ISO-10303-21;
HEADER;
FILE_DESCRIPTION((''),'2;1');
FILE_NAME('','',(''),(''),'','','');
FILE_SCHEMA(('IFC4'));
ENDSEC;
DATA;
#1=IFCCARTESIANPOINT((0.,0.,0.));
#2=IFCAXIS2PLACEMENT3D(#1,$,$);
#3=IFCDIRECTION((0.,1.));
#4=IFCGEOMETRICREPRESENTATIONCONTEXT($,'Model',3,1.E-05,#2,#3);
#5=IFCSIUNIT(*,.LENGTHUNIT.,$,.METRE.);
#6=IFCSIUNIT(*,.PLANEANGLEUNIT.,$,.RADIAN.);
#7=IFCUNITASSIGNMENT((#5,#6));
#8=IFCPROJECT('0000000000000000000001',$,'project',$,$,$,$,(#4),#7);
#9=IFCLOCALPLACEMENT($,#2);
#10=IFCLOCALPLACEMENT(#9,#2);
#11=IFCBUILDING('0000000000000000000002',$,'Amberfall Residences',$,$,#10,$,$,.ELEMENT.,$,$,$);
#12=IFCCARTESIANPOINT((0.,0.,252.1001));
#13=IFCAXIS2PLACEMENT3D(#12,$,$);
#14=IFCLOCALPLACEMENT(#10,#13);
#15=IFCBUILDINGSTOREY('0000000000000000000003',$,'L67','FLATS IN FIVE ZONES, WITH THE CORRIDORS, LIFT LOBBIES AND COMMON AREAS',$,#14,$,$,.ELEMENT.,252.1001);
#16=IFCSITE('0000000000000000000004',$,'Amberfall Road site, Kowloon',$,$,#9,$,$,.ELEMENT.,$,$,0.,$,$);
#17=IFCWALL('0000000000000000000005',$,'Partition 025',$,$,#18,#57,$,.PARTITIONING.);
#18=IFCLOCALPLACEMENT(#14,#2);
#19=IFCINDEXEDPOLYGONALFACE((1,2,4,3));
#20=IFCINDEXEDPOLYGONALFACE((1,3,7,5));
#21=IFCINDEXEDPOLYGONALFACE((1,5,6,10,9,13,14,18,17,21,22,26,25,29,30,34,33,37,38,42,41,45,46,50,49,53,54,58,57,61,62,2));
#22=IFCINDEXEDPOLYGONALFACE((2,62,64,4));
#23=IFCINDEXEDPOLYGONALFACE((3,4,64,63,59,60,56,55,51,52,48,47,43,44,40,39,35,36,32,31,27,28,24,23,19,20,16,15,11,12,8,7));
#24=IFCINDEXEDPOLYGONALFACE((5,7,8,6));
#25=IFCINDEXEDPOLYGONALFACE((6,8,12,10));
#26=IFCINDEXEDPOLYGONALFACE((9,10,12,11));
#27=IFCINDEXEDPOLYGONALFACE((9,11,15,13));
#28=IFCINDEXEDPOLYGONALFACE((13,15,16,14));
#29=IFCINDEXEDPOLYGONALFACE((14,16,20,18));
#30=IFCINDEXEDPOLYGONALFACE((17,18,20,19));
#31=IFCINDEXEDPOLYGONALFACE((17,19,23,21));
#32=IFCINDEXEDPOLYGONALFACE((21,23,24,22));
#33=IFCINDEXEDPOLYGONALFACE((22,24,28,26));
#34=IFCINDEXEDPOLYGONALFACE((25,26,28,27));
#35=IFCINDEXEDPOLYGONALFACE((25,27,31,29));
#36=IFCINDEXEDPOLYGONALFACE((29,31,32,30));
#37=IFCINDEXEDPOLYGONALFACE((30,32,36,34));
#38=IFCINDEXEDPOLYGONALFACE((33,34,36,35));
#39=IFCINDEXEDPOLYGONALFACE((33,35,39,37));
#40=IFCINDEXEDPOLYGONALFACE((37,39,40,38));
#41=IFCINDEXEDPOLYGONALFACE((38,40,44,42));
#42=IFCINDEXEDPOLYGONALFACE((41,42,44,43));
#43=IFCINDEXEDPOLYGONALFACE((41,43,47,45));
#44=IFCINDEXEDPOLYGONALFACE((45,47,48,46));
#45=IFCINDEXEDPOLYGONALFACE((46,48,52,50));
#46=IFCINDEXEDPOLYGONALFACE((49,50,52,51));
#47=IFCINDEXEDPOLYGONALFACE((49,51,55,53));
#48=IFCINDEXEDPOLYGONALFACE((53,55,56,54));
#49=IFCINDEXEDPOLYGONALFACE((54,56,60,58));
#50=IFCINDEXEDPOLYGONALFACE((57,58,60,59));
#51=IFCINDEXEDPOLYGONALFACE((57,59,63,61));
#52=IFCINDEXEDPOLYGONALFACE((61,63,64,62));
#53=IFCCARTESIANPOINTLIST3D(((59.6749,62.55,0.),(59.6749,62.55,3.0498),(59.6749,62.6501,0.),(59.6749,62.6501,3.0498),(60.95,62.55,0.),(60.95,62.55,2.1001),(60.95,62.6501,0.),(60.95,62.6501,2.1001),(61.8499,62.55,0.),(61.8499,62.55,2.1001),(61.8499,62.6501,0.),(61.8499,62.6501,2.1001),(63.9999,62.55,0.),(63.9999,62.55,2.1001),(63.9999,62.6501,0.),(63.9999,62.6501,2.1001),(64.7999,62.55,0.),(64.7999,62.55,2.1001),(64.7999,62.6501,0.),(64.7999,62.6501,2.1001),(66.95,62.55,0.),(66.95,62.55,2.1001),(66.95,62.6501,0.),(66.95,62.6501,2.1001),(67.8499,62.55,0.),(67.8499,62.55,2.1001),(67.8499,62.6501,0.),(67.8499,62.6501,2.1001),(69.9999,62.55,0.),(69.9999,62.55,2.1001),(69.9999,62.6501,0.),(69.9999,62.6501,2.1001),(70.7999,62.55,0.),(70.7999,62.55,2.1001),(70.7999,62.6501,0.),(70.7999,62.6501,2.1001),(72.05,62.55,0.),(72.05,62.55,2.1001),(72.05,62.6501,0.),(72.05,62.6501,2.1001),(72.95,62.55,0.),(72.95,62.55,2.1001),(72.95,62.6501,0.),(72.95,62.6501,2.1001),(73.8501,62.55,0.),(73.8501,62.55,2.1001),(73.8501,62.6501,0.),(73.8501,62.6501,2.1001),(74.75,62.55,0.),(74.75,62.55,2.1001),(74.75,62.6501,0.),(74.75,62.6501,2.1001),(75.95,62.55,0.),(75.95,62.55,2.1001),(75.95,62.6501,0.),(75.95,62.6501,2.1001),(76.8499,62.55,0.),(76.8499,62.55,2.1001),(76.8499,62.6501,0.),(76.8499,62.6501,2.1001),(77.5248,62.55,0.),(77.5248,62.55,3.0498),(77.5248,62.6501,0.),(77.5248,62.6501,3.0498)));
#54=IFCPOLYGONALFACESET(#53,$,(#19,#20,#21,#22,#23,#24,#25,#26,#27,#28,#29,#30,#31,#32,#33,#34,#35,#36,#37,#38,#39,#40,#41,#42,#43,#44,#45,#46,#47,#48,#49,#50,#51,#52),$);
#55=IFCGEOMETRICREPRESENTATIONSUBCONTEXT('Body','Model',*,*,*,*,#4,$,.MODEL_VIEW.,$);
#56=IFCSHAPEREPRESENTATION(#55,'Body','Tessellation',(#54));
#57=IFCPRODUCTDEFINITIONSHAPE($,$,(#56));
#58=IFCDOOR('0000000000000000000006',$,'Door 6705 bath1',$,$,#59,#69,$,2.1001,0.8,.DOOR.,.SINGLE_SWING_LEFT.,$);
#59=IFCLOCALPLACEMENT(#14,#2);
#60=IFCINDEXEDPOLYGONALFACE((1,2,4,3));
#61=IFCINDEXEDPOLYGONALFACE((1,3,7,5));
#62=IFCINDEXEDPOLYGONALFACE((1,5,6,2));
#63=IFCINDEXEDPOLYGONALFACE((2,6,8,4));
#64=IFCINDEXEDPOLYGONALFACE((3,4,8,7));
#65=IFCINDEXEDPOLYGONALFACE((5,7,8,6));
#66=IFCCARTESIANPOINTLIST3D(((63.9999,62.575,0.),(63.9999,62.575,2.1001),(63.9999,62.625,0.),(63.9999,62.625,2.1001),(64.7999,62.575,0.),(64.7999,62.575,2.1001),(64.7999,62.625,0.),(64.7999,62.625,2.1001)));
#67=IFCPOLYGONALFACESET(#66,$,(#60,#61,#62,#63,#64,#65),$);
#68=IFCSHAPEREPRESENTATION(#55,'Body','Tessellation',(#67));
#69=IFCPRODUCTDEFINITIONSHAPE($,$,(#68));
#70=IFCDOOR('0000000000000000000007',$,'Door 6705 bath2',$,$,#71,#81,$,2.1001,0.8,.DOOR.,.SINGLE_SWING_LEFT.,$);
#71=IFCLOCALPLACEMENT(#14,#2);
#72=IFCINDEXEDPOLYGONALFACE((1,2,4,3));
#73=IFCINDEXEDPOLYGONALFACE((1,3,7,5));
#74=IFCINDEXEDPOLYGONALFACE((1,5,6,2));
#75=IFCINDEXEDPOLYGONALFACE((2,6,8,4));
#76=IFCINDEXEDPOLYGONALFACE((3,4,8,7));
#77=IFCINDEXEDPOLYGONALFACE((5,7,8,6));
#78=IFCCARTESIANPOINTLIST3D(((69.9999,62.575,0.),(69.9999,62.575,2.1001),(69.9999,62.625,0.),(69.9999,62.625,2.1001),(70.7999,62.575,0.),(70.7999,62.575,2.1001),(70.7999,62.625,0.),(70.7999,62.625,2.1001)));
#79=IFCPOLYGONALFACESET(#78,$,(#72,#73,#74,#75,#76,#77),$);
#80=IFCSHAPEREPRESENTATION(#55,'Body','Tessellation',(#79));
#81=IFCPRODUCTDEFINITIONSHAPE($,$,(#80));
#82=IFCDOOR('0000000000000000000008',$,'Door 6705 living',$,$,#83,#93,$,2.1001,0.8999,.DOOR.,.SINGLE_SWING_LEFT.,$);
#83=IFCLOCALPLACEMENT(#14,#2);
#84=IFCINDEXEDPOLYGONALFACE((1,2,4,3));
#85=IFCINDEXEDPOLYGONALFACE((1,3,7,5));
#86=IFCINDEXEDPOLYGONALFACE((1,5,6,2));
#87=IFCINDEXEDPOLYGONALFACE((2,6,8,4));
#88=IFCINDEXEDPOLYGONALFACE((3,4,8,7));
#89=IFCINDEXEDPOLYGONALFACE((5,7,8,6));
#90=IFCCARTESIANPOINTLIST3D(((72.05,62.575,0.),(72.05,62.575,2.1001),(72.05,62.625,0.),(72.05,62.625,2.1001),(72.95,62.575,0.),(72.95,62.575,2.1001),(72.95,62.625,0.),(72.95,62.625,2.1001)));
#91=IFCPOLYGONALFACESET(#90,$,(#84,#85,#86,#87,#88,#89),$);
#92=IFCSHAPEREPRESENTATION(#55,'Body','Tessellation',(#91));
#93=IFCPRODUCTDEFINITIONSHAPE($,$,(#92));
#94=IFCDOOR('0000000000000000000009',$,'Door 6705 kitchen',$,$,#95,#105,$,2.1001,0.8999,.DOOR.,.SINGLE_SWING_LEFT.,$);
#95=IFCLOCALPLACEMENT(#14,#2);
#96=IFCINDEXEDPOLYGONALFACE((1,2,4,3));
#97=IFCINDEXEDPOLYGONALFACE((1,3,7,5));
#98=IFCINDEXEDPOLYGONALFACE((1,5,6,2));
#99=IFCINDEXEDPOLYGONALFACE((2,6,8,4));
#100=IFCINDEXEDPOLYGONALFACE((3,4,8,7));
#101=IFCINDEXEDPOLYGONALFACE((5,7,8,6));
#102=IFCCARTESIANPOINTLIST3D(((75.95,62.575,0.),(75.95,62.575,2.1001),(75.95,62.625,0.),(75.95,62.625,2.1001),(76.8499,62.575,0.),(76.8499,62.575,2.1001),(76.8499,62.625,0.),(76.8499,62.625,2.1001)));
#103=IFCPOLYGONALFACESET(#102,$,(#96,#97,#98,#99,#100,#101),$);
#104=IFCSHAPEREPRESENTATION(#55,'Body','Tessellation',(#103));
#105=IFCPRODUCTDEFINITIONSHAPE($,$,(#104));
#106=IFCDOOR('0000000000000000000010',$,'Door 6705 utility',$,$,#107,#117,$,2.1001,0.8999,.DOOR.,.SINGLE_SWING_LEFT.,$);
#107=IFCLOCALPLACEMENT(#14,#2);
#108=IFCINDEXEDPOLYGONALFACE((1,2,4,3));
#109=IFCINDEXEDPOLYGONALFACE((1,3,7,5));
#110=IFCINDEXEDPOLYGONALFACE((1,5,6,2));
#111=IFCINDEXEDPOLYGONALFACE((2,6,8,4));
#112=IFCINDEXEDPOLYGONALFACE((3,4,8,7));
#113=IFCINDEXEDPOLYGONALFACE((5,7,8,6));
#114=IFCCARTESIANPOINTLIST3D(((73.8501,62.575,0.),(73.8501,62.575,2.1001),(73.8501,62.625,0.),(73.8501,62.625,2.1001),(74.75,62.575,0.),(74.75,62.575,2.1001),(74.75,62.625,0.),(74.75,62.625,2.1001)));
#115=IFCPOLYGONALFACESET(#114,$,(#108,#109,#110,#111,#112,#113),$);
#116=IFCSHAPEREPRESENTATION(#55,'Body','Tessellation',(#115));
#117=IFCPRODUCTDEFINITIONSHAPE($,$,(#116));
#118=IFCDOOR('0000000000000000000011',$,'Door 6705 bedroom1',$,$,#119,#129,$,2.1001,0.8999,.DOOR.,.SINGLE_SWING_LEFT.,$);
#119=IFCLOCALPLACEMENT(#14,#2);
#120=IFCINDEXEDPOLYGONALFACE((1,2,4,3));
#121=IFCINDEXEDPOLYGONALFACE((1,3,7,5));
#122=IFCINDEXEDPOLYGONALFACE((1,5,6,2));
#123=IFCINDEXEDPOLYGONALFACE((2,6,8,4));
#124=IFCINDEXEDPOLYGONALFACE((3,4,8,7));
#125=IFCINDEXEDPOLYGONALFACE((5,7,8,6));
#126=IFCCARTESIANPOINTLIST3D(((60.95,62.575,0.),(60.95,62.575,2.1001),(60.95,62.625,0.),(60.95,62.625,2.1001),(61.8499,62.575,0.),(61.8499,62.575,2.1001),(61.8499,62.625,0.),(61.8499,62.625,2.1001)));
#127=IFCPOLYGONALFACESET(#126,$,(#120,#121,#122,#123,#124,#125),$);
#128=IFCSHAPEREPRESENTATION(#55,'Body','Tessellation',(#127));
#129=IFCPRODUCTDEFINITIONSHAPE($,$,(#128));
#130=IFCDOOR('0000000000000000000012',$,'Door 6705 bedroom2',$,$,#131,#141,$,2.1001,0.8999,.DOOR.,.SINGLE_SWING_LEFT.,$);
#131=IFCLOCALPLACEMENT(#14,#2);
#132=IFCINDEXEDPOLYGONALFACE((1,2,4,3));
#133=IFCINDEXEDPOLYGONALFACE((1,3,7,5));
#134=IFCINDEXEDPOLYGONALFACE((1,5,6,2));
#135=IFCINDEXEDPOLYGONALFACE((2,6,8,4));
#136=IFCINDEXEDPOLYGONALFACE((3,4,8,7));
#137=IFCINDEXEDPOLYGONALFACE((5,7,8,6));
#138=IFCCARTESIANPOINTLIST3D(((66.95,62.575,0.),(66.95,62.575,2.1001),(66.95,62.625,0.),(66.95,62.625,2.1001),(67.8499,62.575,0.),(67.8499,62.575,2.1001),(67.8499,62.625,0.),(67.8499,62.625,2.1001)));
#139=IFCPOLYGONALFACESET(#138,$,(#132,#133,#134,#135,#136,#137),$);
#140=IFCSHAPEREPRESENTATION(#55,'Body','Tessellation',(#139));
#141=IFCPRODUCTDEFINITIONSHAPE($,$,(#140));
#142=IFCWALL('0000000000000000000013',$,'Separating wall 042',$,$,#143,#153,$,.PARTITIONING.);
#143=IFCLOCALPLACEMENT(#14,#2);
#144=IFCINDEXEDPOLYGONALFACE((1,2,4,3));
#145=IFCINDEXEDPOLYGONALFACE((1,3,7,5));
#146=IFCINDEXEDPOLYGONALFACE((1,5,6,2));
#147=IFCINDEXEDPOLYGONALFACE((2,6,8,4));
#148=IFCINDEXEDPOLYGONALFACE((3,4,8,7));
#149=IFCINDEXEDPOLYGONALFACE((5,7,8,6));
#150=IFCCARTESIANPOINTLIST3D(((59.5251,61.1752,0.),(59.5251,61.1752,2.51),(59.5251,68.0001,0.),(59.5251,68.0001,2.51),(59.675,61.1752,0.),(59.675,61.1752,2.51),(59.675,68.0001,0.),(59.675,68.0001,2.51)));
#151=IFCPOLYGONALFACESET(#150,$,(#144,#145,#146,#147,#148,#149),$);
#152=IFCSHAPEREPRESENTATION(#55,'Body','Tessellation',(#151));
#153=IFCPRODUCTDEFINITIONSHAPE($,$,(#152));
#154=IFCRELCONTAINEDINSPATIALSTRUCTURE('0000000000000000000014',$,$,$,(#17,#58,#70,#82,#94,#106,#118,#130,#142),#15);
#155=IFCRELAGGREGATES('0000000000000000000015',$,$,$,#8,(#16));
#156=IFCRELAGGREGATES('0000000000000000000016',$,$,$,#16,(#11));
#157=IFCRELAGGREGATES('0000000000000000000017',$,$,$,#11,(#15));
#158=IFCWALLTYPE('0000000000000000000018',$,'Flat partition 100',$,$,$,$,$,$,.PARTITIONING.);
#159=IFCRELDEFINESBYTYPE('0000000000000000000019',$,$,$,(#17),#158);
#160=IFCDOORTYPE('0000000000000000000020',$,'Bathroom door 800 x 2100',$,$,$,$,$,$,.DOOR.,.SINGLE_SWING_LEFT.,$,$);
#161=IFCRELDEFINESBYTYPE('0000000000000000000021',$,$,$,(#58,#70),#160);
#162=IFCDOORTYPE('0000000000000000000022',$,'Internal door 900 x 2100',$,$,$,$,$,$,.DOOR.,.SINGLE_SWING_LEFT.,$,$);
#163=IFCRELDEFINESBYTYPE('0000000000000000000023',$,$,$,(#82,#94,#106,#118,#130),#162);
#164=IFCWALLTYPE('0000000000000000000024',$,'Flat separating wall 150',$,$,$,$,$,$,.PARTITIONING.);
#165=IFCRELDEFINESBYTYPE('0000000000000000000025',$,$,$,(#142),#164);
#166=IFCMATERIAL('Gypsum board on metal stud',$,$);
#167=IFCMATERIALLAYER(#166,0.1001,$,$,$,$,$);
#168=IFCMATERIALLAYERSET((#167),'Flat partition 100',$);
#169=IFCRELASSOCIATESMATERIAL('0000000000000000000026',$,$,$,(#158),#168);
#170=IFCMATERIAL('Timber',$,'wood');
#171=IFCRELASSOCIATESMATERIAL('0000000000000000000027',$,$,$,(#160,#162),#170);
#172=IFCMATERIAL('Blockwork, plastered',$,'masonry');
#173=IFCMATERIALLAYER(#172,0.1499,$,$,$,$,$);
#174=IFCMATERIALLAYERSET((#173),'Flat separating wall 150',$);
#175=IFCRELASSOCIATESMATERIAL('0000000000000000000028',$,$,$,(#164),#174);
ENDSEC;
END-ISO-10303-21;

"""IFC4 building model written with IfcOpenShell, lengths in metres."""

from ifc_helpers import new_model, si_unit, direction, frame, frame_2d, origin, place, context, subcontext, project, spatial, rectangle, extrude, material, layer, layer_set, type_object, element, fill, save


model = new_model("IFC4")

# Units and contexts
model_context = context("Model", 3, precision=1e-05, world=origin(), true_north=direction((0.0, 1.0)))
body_context = subcontext(model_context, "Body", "Model", "MODEL_VIEW")
ifc_project = project(units=[si_unit("LENGTHUNIT", "METRE"), si_unit("PLANEANGLEUNIT", "RADIAN")], contexts=[model_context])

# Site, building, storey
site_placement = place(None, origin())
site = spatial("IfcSite", under=ifc_project, at=site_placement, Name="Amberfall Road site, Kowloon", CompositionType="ELEMENT", RefElevation=0.0)
building_placement = place(site_placement, origin())
building = spatial("IfcBuilding", under=site, at=building_placement, Name="Amberfall Residences", CompositionType="ELEMENT")
storey_placement = place(building_placement, frame((0.0, 0.0, 252.1001)))
storey = spatial("IfcBuildingStorey", under=building, at=storey_placement, Name="L67", Description="FLATS IN FIVE ZONES, WITH THE CORRIDORS, LIFT LOBBIES AND COMMON AREAS", CompositionType="ELEMENT", Elevation=252.1001)

# Shared definitions
ifc_material_1 = material(Name="Gypsum board on metal stud")
ifc_layer_1 = layer(ifc_material_1, 0.1001)
ifc_layer_set_1 = layer_set([ifc_layer_1], Name="Flat partition 100")
wall_type_1 = type_object("IfcWallType", Name="Flat partition 100", PredefinedType="PARTITIONING", material=ifc_layer_set_1)

# Wall, openings, doors
wall_1_placement = place(storey_placement, frame((59.675, 62.6001, 0.0), z_axis=(0.0, 0.0, 1.0), x_axis=(1.0, 0.0, 0.0)))
wall_1 = element("IfcWall", 1, at=wall_1_placement, inside=storey, type_object=wall_type_1, Name="Partition 025", PredefinedType="PARTITIONING", context=body_context, shape_type="SweptSolid", body=[
    extrude(rectangle(XDim=17.8499, YDim=0.1001, at=frame_2d((8.9248, 0.0))), origin(), (0.0, 0.0, 1.0), 3.0498),
])
opening_1_placement = place(wall_1_placement, frame((12.375, 0.0, 0.0)))
opening_1 = element("IfcOpeningElement", 2, at=opening_1_placement, cuts=wall_1, PredefinedType="OPENING", context=body_context, shape_type="SweptSolid", body=[
    extrude(rectangle(XDim=0.8999, YDim=2.1001, at=frame_2d((0.45, 1.05))), frame((0.0, 0.0601, 0.0), z_axis=(0.0, -1.0, 0.0), x_axis=(1.0, 0.0, 0.0)), (0.0, 0.0, 1.0), 0.1201),
])
opening_2_placement = place(wall_1_placement, frame((16.2749, 0.0, 0.0)))
opening_2 = element("IfcOpeningElement", 3, at=opening_2_placement, cuts=wall_1, PredefinedType="OPENING", context=body_context, shape_type="SweptSolid", body=[
    extrude(rectangle(XDim=0.8999, YDim=2.1001, at=frame_2d((0.45, 1.05))), frame((0.0, 0.0601, 0.0), z_axis=(0.0, -1.0, 0.0), x_axis=(1.0, 0.0, 0.0)), (0.0, 0.0, 1.0), 0.1201),
])
opening_3_placement = place(wall_1_placement, frame((14.175, 0.0, 0.0)))
opening_3 = element("IfcOpeningElement", 4, at=opening_3_placement, cuts=wall_1, PredefinedType="OPENING", context=body_context, shape_type="SweptSolid", body=[
    extrude(rectangle(XDim=0.8999, YDim=2.1001, at=frame_2d((0.45, 1.05))), frame((0.0, 0.0601, 0.0), z_axis=(0.0, -1.0, 0.0), x_axis=(1.0, 0.0, 0.0)), (0.0, 0.0, 1.0), 0.1201),
])
opening_4_placement = place(wall_1_placement, frame((1.2749, 0.0, 0.0)))
opening_4 = element("IfcOpeningElement", 5, at=opening_4_placement, cuts=wall_1, PredefinedType="OPENING", context=body_context, shape_type="SweptSolid", body=[
    extrude(rectangle(XDim=0.8999, YDim=2.1001, at=frame_2d((0.45, 1.05))), frame((0.0, 0.0601, 0.0), z_axis=(0.0, -1.0, 0.0), x_axis=(1.0, 0.0, 0.0)), (0.0, 0.0, 1.0), 0.1201),
])
opening_5_placement = place(wall_1_placement, frame((7.2749, 0.0, 0.0)))
opening_5 = element("IfcOpeningElement", 6, at=opening_5_placement, cuts=wall_1, PredefinedType="OPENING", context=body_context, shape_type="SweptSolid", body=[
    extrude(rectangle(XDim=0.8999, YDim=2.1001, at=frame_2d((0.45, 1.05))), frame((0.0, 0.0601, 0.0), z_axis=(0.0, -1.0, 0.0), x_axis=(1.0, 0.0, 0.0)), (0.0, 0.0, 1.0), 0.1201),
])
opening_6_placement = place(wall_1_placement, frame((4.325, 0.0, 0.0)))
opening_6 = element("IfcOpeningElement", 7, at=opening_6_placement, cuts=wall_1, PredefinedType="OPENING", context=body_context, shape_type="SweptSolid", body=[
    extrude(rectangle(XDim=0.8, YDim=2.1001, at=frame_2d((0.3999, 1.05))), frame((0.0, 0.0601, 0.0), z_axis=(0.0, -1.0, 0.0), x_axis=(1.0, 0.0, 0.0)), (0.0, 0.0, 1.0), 0.1201),
])
opening_7_placement = place(wall_1_placement, frame((10.325, 0.0, 0.0)))
opening_7 = element("IfcOpeningElement", 8, at=opening_7_placement, cuts=wall_1, PredefinedType="OPENING", context=body_context, shape_type="SweptSolid", body=[
    extrude(rectangle(XDim=0.8, YDim=2.1001, at=frame_2d((0.3999, 1.05))), frame((0.0, 0.0601, 0.0), z_axis=(0.0, -1.0, 0.0), x_axis=(1.0, 0.0, 0.0)), (0.0, 0.0, 1.0), 0.1201),
])
ifc_material_2 = material(Name="Timber", Category="wood")
door_type_1 = type_object("IfcDoorType", Name="Bathroom door 800 x 2100", OperationType="SINGLE_SWING_LEFT", PredefinedType="DOOR", material=ifc_material_2)
door_1_placement = place(opening_6_placement, origin())
door_1 = element("IfcDoor", 9, at=door_1_placement, inside=storey, type_object=door_type_1, Name="Door 6705 bath1", OperationType="SINGLE_SWING_LEFT", OverallHeight=2.1001, OverallWidth=0.8, PredefinedType="DOOR", context=body_context, shape_type="SweptSolid", body=[
    extrude(rectangle(XDim=0.8, YDim=2.1001, at=frame_2d((0.3999, 1.05))), frame((0.0, 0.0249, 0.0), z_axis=(0.0, -1.0, 0.0), x_axis=(1.0, 0.0, 0.0)), (0.0, 0.0, 1.0), 0.05),
])
fill(opening_6, door_1)
door_2_placement = place(opening_7_placement, origin())
door_2 = element("IfcDoor", 10, at=door_2_placement, inside=storey, type_object=door_type_1, Name="Door 6705 bath2", OperationType="SINGLE_SWING_LEFT", OverallHeight=2.1001, OverallWidth=0.8, PredefinedType="DOOR", context=body_context, shape_type="SweptSolid", body=[
    extrude(rectangle(XDim=0.8, YDim=2.1001, at=frame_2d((0.3999, 1.05))), frame((0.0, 0.0249, 0.0), z_axis=(0.0, -1.0, 0.0), x_axis=(1.0, 0.0, 0.0)), (0.0, 0.0, 1.0), 0.05),
])
fill(opening_7, door_2)
door_type_2 = type_object("IfcDoorType", Name="Internal door 900 x 2100", OperationType="SINGLE_SWING_LEFT", PredefinedType="DOOR", material=ifc_material_2)
door_3_placement = place(opening_1_placement, origin())
door_3 = element("IfcDoor", 11, at=door_3_placement, inside=storey, type_object=door_type_2, Name="Door 6705 living", OperationType="SINGLE_SWING_LEFT", OverallHeight=2.1001, OverallWidth=0.8999, PredefinedType="DOOR", context=body_context, shape_type="SweptSolid", body=[
    extrude(rectangle(XDim=0.8999, YDim=2.1001, at=frame_2d((0.45, 1.05))), frame((0.0, 0.0249, 0.0), z_axis=(0.0, -1.0, 0.0), x_axis=(1.0, 0.0, 0.0)), (0.0, 0.0, 1.0), 0.05),
])
fill(opening_1, door_3)
door_4_placement = place(opening_2_placement, origin())
door_4 = element("IfcDoor", 12, at=door_4_placement, inside=storey, type_object=door_type_2, Name="Door 6705 kitchen", OperationType="SINGLE_SWING_LEFT", OverallHeight=2.1001, OverallWidth=0.8999, PredefinedType="DOOR", context=body_context, shape_type="SweptSolid", body=[
    extrude(rectangle(XDim=0.8999, YDim=2.1001, at=frame_2d((0.45, 1.05))), frame((0.0, 0.0249, 0.0), z_axis=(0.0, -1.0, 0.0), x_axis=(1.0, 0.0, 0.0)), (0.0, 0.0, 1.0), 0.05),
])
fill(opening_2, door_4)
door_5_placement = place(opening_3_placement, origin())
door_5 = element("IfcDoor", 13, at=door_5_placement, inside=storey, type_object=door_type_2, Name="Door 6705 utility", OperationType="SINGLE_SWING_LEFT", OverallHeight=2.1001, OverallWidth=0.8999, PredefinedType="DOOR", context=body_context, shape_type="SweptSolid", body=[
    extrude(rectangle(XDim=0.8999, YDim=2.1001, at=frame_2d((0.45, 1.05))), frame((0.0, 0.0249, 0.0), z_axis=(0.0, -1.0, 0.0), x_axis=(1.0, 0.0, 0.0)), (0.0, 0.0, 1.0), 0.05),
])
fill(opening_3, door_5)
door_6_placement = place(opening_4_placement, origin())
door_6 = element("IfcDoor", 14, at=door_6_placement, inside=storey, type_object=door_type_2, Name="Door 6705 bedroom1", OperationType="SINGLE_SWING_LEFT", OverallHeight=2.1001, OverallWidth=0.8999, PredefinedType="DOOR", context=body_context, shape_type="SweptSolid", body=[
    extrude(rectangle(XDim=0.8999, YDim=2.1001, at=frame_2d((0.45, 1.05))), frame((0.0, 0.0249, 0.0), z_axis=(0.0, -1.0, 0.0), x_axis=(1.0, 0.0, 0.0)), (0.0, 0.0, 1.0), 0.05),
])
fill(opening_4, door_6)
door_7_placement = place(opening_5_placement, origin())
door_7 = element("IfcDoor", 15, at=door_7_placement, inside=storey, type_object=door_type_2, Name="Door 6705 bedroom2", OperationType="SINGLE_SWING_LEFT", OverallHeight=2.1001, OverallWidth=0.8999, PredefinedType="DOOR", context=body_context, shape_type="SweptSolid", body=[
    extrude(rectangle(XDim=0.8999, YDim=2.1001, at=frame_2d((0.45, 1.05))), frame((0.0, 0.0249, 0.0), z_axis=(0.0, -1.0, 0.0), x_axis=(1.0, 0.0, 0.0)), (0.0, 0.0, 1.0), 0.05),
])
fill(opening_5, door_7)

# Wall
ifc_material_3 = material(Name="Blockwork, plastered", Category="masonry")
ifc_layer_2 = layer(ifc_material_3, 0.1499)
ifc_layer_set_2 = layer_set([ifc_layer_2], Name="Flat separating wall 150")
wall_type_2 = type_object("IfcWallType", Name="Flat separating wall 150", PredefinedType="PARTITIONING", material=ifc_layer_set_2)
wall_2_placement = place(storey_placement, frame((59.6001, 61.175, 0.0), z_axis=(0.0, 0.0, 1.0), x_axis=(0.0, 1.0, 0.0)))
element("IfcWall", 16, at=wall_2_placement, inside=storey, type_object=wall_type_2, Name="Separating wall 042", PredefinedType="PARTITIONING", context=body_context, shape_type="SweptSolid", body=[
    extrude(rectangle(XDim=6.825, YDim=0.1499, at=frame_2d((3.4126, 0.0))), origin(), (0.0, 0.0, 1.0), 2.51),
])

save(model, "model.ifc")
